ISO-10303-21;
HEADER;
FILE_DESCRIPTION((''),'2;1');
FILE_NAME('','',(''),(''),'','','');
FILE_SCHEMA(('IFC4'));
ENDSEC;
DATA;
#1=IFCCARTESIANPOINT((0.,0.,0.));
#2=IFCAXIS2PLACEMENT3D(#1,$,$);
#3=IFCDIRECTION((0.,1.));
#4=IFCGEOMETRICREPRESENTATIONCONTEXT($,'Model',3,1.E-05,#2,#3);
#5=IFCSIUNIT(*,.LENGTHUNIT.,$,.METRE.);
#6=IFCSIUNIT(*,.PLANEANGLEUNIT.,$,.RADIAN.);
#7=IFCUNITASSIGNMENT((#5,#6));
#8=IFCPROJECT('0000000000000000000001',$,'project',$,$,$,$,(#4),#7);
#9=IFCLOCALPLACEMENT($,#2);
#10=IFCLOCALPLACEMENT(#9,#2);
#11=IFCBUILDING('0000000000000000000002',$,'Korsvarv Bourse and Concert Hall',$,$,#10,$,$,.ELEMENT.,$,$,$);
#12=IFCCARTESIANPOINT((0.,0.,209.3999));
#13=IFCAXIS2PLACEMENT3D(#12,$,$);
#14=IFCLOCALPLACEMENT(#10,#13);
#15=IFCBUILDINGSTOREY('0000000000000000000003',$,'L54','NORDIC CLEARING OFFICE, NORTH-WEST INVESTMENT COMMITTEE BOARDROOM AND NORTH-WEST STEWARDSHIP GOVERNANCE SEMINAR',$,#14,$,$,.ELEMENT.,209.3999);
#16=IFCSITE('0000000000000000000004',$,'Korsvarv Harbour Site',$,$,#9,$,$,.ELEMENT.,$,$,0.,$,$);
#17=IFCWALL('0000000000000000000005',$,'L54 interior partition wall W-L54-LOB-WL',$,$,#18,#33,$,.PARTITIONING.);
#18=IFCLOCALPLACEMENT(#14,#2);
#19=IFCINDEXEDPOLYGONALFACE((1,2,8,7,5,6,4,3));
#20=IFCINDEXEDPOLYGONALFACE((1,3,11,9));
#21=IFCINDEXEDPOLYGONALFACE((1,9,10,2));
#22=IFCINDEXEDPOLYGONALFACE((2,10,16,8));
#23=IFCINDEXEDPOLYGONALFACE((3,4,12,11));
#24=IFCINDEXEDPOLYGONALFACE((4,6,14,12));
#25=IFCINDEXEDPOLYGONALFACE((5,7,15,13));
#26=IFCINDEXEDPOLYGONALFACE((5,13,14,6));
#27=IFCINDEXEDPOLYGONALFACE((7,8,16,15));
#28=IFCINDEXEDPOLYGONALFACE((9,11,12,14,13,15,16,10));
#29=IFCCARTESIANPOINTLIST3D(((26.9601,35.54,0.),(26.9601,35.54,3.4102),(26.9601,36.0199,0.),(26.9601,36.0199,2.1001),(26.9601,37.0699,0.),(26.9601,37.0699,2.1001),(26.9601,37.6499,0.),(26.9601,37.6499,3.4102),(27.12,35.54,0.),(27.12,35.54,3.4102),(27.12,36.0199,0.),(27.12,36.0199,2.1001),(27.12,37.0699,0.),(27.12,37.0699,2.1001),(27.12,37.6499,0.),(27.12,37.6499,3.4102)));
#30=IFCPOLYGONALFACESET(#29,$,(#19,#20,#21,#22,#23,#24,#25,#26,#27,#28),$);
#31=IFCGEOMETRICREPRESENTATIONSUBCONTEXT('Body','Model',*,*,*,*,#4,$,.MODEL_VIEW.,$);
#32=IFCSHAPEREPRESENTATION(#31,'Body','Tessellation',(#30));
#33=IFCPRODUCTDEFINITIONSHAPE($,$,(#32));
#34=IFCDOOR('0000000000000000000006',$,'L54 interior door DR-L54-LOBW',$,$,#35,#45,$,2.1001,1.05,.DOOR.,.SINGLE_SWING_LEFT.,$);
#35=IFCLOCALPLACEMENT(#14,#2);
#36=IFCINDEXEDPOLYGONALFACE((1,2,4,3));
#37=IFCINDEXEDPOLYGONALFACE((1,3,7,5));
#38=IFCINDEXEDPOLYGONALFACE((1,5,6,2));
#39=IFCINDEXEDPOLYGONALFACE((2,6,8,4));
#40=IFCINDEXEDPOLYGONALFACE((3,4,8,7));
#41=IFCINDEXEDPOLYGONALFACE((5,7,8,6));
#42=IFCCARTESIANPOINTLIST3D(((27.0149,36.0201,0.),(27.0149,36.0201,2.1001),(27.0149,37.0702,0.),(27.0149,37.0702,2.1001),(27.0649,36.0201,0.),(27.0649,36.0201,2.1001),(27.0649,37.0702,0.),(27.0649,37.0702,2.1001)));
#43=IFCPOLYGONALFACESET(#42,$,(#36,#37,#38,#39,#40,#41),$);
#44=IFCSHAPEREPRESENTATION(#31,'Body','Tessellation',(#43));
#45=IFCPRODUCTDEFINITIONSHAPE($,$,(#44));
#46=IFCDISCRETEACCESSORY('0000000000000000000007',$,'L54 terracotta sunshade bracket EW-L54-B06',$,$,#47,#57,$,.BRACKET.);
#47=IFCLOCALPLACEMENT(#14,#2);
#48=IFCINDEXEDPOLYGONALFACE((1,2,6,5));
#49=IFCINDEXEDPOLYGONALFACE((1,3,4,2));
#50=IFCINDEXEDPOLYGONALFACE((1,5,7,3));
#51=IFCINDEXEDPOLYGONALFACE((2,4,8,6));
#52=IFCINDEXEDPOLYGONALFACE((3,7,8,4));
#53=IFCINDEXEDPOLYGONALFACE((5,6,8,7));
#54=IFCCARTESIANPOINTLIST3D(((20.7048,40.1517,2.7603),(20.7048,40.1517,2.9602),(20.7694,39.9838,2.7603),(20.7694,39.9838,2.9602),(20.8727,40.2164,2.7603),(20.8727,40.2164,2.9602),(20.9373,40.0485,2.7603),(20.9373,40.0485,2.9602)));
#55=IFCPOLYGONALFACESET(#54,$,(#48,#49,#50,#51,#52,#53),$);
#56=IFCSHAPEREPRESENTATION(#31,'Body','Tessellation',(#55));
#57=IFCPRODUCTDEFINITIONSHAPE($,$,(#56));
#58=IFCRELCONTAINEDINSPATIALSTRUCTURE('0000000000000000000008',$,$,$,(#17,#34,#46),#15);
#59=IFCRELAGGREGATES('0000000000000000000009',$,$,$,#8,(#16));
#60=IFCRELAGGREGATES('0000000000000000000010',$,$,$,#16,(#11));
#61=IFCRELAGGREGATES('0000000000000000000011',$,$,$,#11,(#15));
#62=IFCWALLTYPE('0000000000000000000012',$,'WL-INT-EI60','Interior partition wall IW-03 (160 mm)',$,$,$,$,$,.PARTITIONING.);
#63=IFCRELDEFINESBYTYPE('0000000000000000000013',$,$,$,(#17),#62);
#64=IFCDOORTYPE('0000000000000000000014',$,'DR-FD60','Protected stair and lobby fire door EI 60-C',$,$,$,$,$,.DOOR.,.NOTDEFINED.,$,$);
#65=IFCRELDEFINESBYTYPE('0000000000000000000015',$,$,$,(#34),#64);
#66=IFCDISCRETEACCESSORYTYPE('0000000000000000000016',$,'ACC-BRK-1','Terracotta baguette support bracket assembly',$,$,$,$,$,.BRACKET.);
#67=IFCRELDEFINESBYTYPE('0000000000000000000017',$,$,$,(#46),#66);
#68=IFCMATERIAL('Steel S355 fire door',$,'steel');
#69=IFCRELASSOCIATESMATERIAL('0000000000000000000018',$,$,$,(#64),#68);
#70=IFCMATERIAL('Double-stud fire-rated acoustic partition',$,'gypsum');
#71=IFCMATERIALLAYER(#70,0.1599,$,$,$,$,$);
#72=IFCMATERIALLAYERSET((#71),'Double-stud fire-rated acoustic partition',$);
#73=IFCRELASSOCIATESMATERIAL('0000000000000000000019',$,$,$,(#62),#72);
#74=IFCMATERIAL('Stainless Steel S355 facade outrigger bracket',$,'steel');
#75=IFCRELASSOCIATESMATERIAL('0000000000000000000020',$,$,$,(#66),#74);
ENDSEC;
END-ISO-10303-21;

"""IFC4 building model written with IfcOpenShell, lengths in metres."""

from ifc_helpers import new_model, si_unit, direction, frame, frame_2d, origin, origin_2d, place, context, subcontext, project, spatial, rectangle, extrude, source, transform, mapped, material, layer, layer_set, type_object, element, fill, save


model = new_model("IFC4")

# Units and contexts
model_context = context("Model", 3, precision=1e-05, world=origin(), true_north=direction((0.0, 1.0)))
body_context = subcontext(model_context, "Body", "Model", "MODEL_VIEW")
ifc_project = project(units=[si_unit("LENGTHUNIT", "METRE"), si_unit("PLANEANGLEUNIT", "RADIAN")], contexts=[model_context])

# Site, building, storey
site_placement = place(None, origin())
site = spatial("IfcSite", under=ifc_project, at=site_placement, Name="Korsvarv Harbour Site", CompositionType="ELEMENT", RefElevation=0.0)
building_placement = place(site_placement, origin())
building = spatial("IfcBuilding", under=site, at=building_placement, Name="Korsvarv Bourse and Concert Hall", CompositionType="ELEMENT")
storey_placement = place(building_placement, frame((0.0, 0.0, 209.3999)))
storey = spatial("IfcBuildingStorey", under=building, at=storey_placement, Name="L54", Description="NORDIC CLEARING OFFICE, NORTH-WEST INVESTMENT COMMITTEE BOARDROOM AND NORTH-WEST STEWARDSHIP GOVERNANCE SEMINAR", CompositionType="ELEMENT", Elevation=209.3999)

# Shared definitions
ifc_material_1 = material(Name="Steel S355 fire door", Category="steel")
door_type = type_object("IfcDoorType", Name="DR-FD60", Description="Protected stair and lobby fire door EI 60-C", OperationType="NOTDEFINED", PredefinedType="DOOR", material=ifc_material_1)

# Shared definitions
ifc_material_2 = material(Name="Double-stud fire-rated acoustic partition", Category="gypsum")
ifc_layer_1 = layer(ifc_material_2, 0.1599)
ifc_layer_set_1 = layer_set([ifc_layer_1], Name="Double-stud fire-rated acoustic partition")
wall_type_1 = type_object("IfcWallType", Name="WL-INT-EI60", Description="Interior partition wall IW-03 (160 mm)", PredefinedType="PARTITIONING", material=ifc_layer_set_1)

# Wall, opening, door
wall_1_placement = place(storey_placement, frame((27.04, 35.54, 0.0), z_axis=(0.0, 0.0, 1.0), x_axis=(0.0, 1.0, 0.0)))
wall_1 = element("IfcWall", 1, at=wall_1_placement, inside=storey, type_object=wall_type_1, Name="L54 interior partition wall W-L54-LOB-WL", PredefinedType="PARTITIONING", context=body_context, shape_type="SweptSolid", body=[
    extrude(rectangle(XDim=2.1099, YDim=0.1599, at=frame_2d((1.0549, 0.0))), origin(), (0.0, 0.0, 1.0), 3.4102),
])
opening_1_placement = place(wall_1_placement, frame((0.48, 0.0, 0.0)))
opening_1 = element("IfcOpeningElement", 2, at=opening_1_placement, cuts=wall_1, PredefinedType="OPENING", context=body_context, shape_type="SweptSolid", body=[
    extrude(rectangle(XDim=1.05, YDim=2.1001, at=frame_2d((0.5249, 1.05))), frame((0.0, 0.0898, 0.0), z_axis=(0.0, -1.0, 0.0), x_axis=(1.0, 0.0, 0.0)), (0.0, 0.0, 1.0), 0.1799),
])
door_1_placement = place(opening_1_placement, frame((1.05, 0.0, 0.0), z_axis=(0.0, 0.0, 1.0), x_axis=(-1.0, 0.0, 0.0)))
door_1 = element("IfcDoor", 3, at=door_1_placement, inside=storey, type_object=door_type, Name="L54 interior door DR-L54-LOBW", OperationType="SINGLE_SWING_LEFT", OverallHeight=2.1001, OverallWidth=1.05, PredefinedType="DOOR", context=body_context, shape_type="SweptSolid", body=[
    extrude(rectangle(XDim=1.05, YDim=2.1001, at=frame_2d((0.5249, 1.05))), frame((0.0, 0.0249, 0.0), z_axis=(0.0, -1.0, 0.0), x_axis=(1.0, 0.0, 0.0)), (0.0, 0.0, 1.0), 0.05),
])
fill(opening_1, door_1)

# Discrete accessory
ifc_material_3 = material(Name="Stainless Steel S355 facade outrigger bracket", Category="steel")
discrete_accessory_type = type_object("IfcDiscreteAccessoryType", Name="ACC-BRK-1", Description="Terracotta baguette support bracket assembly", PredefinedType="BRACKET", material=ifc_material_3)
shared_shape_1 = source(origin(), body_context, "Body", "SweptSolid", [
    extrude(rectangle(XDim=0.1799, YDim=0.1799, at=origin_2d()), origin(), (0.0, 0.0, 1.0), 0.2),
])
discrete_accessory_placement = place(storey_placement, frame((20.821, 40.1001, 2.7603), z_axis=(0.0, 0.0, 1.0), x_axis=(0.359345, -0.933205, 0.0)))
element("IfcDiscreteAccessory", 4, at=discrete_accessory_placement, inside=storey, type_object=discrete_accessory_type, Name="L54 terracotta sunshade bracket EW-L54-B06", PredefinedType="BRACKET", context=body_context, shape_type="MappedRepresentation", body=[
    mapped(shared_shape_1, transform((0.0, 0.0, 0.0), scale=1.0)),
])

save(model, "model.ifc")
